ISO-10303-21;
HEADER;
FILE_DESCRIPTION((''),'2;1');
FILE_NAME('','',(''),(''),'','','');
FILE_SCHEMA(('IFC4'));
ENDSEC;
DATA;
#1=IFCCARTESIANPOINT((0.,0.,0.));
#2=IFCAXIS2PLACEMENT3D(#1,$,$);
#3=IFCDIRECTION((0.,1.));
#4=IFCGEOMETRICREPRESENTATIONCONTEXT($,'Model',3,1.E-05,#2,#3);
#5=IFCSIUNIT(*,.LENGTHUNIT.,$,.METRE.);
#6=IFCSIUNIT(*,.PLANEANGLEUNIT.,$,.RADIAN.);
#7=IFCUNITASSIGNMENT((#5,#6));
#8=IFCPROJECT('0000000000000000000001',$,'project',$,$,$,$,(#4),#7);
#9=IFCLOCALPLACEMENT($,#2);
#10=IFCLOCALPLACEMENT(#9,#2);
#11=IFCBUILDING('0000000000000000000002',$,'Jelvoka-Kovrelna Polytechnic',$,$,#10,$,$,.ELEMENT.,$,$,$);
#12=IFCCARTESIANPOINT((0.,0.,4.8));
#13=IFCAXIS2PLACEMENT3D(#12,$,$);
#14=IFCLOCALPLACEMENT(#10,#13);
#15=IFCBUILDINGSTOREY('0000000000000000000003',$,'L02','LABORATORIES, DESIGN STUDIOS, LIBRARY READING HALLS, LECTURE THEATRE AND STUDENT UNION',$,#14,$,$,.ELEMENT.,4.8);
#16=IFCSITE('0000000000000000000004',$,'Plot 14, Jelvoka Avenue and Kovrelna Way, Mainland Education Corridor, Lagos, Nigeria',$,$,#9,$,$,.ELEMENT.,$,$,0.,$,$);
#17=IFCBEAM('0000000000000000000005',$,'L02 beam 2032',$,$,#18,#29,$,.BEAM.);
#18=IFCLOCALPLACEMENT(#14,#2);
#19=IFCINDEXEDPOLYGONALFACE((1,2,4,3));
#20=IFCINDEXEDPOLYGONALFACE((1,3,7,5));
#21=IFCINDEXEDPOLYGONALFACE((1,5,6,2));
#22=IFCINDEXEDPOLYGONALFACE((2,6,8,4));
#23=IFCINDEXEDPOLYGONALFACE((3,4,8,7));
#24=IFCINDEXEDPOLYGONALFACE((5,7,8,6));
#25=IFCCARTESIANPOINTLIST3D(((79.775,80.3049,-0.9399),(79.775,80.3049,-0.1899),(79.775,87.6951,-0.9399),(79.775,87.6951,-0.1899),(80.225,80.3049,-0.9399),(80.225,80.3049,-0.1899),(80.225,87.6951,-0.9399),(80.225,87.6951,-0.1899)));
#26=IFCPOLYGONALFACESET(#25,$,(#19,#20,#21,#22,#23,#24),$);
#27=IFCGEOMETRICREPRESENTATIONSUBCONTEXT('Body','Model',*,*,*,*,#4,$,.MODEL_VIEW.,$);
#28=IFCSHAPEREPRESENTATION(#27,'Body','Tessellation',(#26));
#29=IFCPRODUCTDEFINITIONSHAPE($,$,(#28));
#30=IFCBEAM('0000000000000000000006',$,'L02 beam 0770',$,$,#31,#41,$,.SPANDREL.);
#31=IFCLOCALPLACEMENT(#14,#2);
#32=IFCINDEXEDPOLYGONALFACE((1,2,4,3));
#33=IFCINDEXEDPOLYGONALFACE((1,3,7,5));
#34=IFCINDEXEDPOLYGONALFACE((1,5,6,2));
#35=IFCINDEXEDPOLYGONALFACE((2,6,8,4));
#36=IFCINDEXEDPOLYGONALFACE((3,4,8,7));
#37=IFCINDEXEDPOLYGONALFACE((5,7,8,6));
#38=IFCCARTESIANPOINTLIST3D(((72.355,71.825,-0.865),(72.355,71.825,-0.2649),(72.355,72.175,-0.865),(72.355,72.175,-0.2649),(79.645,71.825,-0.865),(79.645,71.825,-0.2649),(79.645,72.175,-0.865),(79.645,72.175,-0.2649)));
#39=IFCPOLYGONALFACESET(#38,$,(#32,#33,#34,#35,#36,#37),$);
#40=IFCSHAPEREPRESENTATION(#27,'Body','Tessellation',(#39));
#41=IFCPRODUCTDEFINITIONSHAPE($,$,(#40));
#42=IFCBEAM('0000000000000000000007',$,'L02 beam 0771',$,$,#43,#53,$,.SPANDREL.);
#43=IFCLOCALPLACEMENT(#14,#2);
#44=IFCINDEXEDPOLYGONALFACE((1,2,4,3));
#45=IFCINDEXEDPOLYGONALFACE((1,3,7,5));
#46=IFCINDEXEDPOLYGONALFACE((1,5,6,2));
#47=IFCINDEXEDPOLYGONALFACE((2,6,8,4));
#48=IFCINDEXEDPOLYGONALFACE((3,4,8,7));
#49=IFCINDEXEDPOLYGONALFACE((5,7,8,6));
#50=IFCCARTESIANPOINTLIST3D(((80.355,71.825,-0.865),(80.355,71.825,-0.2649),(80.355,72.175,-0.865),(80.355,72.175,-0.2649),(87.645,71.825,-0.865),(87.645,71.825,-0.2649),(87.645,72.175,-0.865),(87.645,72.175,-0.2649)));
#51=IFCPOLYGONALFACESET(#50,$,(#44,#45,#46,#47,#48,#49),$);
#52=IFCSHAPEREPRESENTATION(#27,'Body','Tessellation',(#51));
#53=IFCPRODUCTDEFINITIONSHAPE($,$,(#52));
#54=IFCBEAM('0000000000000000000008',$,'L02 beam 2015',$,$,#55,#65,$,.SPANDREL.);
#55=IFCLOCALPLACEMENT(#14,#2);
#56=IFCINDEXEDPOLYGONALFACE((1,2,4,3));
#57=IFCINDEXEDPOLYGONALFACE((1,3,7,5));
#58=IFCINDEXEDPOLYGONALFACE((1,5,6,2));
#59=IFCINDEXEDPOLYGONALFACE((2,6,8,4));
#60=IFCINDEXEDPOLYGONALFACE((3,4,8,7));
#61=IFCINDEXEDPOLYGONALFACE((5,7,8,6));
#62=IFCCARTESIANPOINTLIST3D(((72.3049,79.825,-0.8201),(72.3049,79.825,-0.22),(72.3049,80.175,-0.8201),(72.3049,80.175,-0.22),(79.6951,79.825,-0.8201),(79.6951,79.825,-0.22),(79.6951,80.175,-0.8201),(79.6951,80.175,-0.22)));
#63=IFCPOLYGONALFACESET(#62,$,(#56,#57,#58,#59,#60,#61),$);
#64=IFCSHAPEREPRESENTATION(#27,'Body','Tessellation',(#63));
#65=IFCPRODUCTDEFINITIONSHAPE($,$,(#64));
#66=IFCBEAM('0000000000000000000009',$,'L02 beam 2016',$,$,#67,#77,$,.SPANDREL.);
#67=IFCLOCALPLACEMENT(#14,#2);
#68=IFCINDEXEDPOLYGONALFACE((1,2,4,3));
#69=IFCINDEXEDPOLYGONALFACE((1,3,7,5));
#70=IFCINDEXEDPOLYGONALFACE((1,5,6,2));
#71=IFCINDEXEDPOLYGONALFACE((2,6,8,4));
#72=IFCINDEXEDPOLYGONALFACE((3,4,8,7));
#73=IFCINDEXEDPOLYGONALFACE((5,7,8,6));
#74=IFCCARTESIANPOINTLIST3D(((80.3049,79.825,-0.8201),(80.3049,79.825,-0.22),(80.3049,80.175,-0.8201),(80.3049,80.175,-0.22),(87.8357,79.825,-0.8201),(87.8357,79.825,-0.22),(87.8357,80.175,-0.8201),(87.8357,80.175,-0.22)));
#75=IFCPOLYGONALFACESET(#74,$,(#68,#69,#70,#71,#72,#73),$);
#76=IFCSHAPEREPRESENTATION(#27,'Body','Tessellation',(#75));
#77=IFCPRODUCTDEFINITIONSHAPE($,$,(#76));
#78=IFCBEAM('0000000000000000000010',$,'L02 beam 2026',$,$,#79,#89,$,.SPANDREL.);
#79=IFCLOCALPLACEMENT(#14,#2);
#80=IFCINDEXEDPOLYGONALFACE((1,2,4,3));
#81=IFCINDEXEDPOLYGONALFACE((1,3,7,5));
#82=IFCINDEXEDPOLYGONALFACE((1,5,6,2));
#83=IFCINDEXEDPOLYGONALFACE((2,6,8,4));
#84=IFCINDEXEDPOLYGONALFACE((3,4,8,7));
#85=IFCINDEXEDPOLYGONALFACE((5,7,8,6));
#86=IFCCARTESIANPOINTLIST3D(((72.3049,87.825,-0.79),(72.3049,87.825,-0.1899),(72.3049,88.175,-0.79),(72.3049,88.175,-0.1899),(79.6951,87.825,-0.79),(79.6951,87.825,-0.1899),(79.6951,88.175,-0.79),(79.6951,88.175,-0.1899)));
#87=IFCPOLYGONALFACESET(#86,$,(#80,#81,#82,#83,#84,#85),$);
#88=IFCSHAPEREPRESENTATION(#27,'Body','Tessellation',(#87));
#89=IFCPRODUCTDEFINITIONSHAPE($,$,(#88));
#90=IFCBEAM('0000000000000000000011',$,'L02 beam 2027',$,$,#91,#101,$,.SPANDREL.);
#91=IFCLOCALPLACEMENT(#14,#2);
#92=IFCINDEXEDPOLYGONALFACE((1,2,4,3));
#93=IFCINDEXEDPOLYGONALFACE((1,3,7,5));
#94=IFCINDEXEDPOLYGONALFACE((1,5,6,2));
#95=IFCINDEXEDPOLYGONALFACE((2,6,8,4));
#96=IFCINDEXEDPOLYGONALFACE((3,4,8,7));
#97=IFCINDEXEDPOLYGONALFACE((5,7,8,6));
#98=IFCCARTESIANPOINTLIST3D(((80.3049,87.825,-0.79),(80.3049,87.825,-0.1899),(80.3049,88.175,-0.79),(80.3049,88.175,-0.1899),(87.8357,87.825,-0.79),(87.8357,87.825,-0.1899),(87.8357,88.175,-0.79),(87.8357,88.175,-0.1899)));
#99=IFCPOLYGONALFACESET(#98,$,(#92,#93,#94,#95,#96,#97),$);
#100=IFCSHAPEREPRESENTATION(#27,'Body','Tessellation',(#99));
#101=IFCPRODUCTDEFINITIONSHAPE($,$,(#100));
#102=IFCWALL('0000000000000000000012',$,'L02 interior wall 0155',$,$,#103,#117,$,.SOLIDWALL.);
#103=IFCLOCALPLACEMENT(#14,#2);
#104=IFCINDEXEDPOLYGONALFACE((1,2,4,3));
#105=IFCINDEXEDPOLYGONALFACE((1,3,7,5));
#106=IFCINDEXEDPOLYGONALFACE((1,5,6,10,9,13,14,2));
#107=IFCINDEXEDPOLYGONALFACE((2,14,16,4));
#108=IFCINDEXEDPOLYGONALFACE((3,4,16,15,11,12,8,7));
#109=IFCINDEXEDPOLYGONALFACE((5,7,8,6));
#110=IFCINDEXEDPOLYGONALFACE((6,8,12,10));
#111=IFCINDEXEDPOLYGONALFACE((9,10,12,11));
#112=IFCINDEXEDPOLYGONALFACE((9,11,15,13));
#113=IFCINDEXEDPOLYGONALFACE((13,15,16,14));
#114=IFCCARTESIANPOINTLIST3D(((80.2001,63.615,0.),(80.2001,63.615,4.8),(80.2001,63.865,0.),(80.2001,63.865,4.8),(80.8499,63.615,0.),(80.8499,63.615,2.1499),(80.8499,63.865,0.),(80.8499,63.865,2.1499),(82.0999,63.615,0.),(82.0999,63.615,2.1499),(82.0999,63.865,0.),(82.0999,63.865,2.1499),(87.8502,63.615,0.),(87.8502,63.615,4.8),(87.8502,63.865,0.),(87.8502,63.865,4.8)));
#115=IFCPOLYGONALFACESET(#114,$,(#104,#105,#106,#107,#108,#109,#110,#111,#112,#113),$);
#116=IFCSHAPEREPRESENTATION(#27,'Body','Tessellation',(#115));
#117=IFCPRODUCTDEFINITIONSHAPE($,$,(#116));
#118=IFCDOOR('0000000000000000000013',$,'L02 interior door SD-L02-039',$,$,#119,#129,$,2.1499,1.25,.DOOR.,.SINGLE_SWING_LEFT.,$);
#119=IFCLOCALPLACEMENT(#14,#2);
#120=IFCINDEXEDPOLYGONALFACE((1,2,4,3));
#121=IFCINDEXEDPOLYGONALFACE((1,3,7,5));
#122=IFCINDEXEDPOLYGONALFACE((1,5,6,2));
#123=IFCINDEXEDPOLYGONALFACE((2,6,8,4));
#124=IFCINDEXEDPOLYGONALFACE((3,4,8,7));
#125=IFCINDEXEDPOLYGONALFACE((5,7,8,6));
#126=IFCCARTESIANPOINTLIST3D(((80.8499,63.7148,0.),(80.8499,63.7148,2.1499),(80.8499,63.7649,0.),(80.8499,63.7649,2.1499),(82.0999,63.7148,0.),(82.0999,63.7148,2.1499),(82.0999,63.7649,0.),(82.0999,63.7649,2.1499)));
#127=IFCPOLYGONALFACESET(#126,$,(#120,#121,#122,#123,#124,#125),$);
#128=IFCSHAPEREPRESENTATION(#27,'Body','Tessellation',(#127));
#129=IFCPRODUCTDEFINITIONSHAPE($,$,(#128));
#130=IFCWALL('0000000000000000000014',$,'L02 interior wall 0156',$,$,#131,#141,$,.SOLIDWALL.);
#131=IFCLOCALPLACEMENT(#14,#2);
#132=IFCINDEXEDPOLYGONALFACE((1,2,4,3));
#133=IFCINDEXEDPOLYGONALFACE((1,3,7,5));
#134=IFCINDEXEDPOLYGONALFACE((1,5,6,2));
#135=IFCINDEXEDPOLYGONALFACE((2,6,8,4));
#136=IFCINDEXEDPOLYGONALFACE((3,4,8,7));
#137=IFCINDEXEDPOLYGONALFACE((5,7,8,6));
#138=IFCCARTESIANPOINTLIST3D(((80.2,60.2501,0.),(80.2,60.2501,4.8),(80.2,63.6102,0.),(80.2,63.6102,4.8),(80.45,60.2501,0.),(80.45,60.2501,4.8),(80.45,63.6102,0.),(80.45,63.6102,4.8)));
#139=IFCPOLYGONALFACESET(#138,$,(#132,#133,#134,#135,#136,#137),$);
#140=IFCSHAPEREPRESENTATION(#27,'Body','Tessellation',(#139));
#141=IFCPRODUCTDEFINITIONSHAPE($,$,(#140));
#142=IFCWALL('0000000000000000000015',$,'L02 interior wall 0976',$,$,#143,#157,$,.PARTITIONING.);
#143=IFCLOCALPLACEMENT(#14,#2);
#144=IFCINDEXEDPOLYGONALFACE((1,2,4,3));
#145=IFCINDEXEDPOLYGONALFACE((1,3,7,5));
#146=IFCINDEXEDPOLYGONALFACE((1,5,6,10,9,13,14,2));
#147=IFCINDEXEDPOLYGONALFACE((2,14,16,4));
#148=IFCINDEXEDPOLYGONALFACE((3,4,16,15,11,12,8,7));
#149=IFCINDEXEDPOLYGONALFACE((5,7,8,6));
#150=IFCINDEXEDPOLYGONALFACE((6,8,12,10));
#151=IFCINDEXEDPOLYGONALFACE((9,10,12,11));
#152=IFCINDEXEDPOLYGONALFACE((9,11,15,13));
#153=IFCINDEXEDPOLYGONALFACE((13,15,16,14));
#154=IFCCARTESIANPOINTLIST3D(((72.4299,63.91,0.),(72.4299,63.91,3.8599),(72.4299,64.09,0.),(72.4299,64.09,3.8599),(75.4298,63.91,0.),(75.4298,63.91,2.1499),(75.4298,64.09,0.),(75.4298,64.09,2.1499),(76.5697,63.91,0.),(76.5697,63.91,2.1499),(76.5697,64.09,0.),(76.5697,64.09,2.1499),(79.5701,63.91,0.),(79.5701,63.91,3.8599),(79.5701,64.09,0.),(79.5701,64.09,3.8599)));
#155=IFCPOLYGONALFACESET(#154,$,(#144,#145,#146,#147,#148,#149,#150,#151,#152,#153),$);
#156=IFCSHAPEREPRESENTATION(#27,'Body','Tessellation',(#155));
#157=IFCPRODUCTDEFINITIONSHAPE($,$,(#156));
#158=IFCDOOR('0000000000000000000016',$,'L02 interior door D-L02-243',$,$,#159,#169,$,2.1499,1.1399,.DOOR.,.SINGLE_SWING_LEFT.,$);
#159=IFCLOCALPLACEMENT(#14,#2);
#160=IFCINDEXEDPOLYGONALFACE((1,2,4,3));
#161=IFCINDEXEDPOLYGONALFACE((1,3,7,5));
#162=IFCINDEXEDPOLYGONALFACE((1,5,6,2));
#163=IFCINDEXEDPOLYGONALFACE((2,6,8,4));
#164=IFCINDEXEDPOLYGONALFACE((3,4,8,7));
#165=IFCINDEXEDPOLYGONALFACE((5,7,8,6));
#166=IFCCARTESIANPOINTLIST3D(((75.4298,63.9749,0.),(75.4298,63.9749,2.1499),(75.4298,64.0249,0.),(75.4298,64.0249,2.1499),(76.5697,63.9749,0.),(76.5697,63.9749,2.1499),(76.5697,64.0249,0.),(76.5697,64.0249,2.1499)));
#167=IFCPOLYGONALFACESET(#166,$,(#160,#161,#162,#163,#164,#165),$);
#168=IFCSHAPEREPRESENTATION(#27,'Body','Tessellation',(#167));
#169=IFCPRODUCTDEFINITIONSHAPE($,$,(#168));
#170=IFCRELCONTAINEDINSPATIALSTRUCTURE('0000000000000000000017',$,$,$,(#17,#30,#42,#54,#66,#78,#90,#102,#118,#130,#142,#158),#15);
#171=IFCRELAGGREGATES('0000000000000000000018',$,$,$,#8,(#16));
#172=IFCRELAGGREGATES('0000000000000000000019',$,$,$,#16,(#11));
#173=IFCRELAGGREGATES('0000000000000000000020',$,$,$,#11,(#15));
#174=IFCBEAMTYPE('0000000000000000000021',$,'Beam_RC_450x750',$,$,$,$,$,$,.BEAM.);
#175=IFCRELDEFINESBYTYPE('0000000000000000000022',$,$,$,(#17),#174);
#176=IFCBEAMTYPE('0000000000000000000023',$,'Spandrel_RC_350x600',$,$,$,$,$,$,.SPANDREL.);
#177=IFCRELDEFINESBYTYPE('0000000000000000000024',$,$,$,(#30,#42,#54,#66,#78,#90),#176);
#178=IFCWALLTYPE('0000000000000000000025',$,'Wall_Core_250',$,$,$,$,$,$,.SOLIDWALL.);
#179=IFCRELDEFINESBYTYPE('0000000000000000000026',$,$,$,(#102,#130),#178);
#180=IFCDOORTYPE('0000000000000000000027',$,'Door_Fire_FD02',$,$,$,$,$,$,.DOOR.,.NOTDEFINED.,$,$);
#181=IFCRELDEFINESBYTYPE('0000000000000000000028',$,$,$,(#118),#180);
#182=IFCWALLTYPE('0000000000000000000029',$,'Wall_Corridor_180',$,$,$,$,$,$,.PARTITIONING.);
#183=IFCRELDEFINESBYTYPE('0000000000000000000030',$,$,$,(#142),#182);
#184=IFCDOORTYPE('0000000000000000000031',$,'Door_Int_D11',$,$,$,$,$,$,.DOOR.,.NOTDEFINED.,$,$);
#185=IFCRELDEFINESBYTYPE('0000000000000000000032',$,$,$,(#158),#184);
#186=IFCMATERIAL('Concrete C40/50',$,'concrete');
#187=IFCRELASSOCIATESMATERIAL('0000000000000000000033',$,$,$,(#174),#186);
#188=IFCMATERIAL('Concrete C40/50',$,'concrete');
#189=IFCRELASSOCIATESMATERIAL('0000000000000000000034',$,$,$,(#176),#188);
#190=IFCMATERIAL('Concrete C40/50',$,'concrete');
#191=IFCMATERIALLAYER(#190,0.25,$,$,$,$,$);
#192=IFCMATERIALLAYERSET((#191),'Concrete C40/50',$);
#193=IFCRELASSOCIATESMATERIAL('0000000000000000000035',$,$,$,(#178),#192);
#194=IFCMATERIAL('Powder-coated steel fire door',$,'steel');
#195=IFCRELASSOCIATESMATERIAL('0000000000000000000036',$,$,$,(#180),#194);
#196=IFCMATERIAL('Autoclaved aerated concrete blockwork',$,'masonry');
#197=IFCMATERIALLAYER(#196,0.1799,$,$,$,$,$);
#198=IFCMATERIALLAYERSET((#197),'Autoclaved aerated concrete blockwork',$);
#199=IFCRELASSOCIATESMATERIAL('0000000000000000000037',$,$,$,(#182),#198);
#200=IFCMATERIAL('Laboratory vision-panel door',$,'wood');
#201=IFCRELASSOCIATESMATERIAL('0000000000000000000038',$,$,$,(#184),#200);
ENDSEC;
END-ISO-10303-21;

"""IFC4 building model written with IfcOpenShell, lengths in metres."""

from ifc_helpers import new_model, si_unit, direction, frame, frame_2d, origin, origin_2d, place, context, subcontext, project, spatial, rectangle, extrude, material, layer, layer_set, material_profile, profile_set, type_object, element, fill, save


model = new_model("IFC4")

# Units and contexts
model_context = context("Model", 3, precision=1e-05, world=origin(), true_north=direction((0.0, 1.0)))
body_context = subcontext(model_context, "Body", "Model", "MODEL_VIEW")
ifc_project = project(units=[si_unit("LENGTHUNIT", "METRE"), si_unit("PLANEANGLEUNIT", "RADIAN")], contexts=[model_context])

# Site, building, storey
site_placement = place(None, origin())
site = spatial("IfcSite", under=ifc_project, at=site_placement, Name="Plot 14, Jelvoka Avenue and Kovrelna Way, Mainland Education Corridor, Lagos, Nigeria", CompositionType="ELEMENT", RefElevation=0.0)
building_placement = place(site_placement, origin())
building = spatial("IfcBuilding", under=site, at=building_placement, Name="Jelvoka-Kovrelna Polytechnic", CompositionType="ELEMENT")
storey_placement = place(building_placement, frame((0.0, 0.0, 4.8)))
storey = spatial("IfcBuildingStorey", under=building, at=storey_placement, Name="L02", Description="LABORATORIES, DESIGN STUDIOS, LIBRARY READING HALLS, LECTURE THEATRE AND STUDENT UNION", CompositionType="ELEMENT", Elevation=4.8)

# Beams
ifc_material_1 = material(Name="Concrete C40/50", Category="concrete")
ifc_material_profile_1 = material_profile(ifc_material_1, rectangle(XDim=0.45, YDim=0.75, at=origin_2d()), Name="RC 450x750")
ifc_profile_set_1 = profile_set([ifc_material_profile_1], Name="Concrete C40/50")
beam_type_1 = type_object("IfcBeamType", Name="Beam_RC_450x750", PredefinedType="BEAM", material=ifc_profile_set_1)
for number, where, z_axis, x_axis, name in (
    (1, (80.0, 80.3049, -0.5649), (0.0, 1.0, 0.0), (-1.0, 0.0, 0.0), "L02 beam 2032"),
):
    element("IfcBeam", number, at=place(storey_placement, frame(where, z_axis=z_axis, x_axis=x_axis)), inside=storey, type_object=beam_type_1, Name=name, PredefinedType="BEAM", context=body_context, shape_type="SweptSolid", body=[
        extrude(rectangle(XDim=0.45, YDim=0.75, at=origin_2d()), origin(), (0.0, 0.0, 1.0), 7.3901),
    ])
ifc_material_2 = material(Name="Concrete C40/50", Category="concrete")
ifc_material_profile_2 = material_profile(ifc_material_2, rectangle(XDim=0.3501, YDim=0.6001, at=origin_2d()), Name="RC 350x600")
ifc_profile_set_2 = profile_set([ifc_material_profile_2], Name="Concrete C40/50")
beam_type_2 = type_object("IfcBeamType", Name="Spandrel_RC_350x600", PredefinedType="SPANDREL", material=ifc_profile_set_2)
for number, where, z_axis, x_axis, name in (
    (2, (72.355, 72.0, -0.5649), (1.0, 0.0, 0.0), (0.0, 1.0, 0.0), "L02 beam 0770"),
    (3, (80.355, 72.0, -0.5649), (1.0, 0.0, 0.0), (0.0, 1.0, 0.0), "L02 beam 0771"),
):
    element("IfcBeam", number, at=place(storey_placement, frame(where, z_axis=z_axis, x_axis=x_axis)), inside=storey, type_object=beam_type_2, Name=name, PredefinedType="SPANDREL", context=body_context, shape_type="SweptSolid", body=[
        extrude(rectangle(XDim=0.3501, YDim=0.6001, at=origin_2d()), origin(), (0.0, 0.0, 1.0), 7.29),
    ])
beam_1_placement = place(storey_placement, frame((72.3049, 80.0, -0.52), z_axis=(1.0, 0.0, 0.0), x_axis=(0.0, 1.0, 0.0)))
element("IfcBeam", 4, at=beam_1_placement, inside=storey, type_object=beam_type_2, Name="L02 beam 2015", PredefinedType="SPANDREL", context=body_context, shape_type="SweptSolid", body=[
    extrude(rectangle(XDim=0.3501, YDim=0.6001, at=origin_2d()), origin(), (0.0, 0.0, 1.0), 7.3901),
])
beam_2_placement = place(storey_placement, frame((80.3049, 80.0, -0.52), z_axis=(1.0, 0.0, 0.0), x_axis=(0.0, 1.0, 0.0)))
element("IfcBeam", 5, at=beam_2_placement, inside=storey, type_object=beam_type_2, Name="L02 beam 2016", PredefinedType="SPANDREL", context=body_context, shape_type="SweptSolid", body=[
    extrude(rectangle(XDim=0.3501, YDim=0.6001, at=origin_2d()), origin(), (0.0, 0.0, 1.0), 7.5308),
])
beam_3_placement = place(storey_placement, frame((72.3049, 88.0, -0.49), z_axis=(1.0, 0.0, 0.0), x_axis=(0.0, 1.0, 0.0)))
element("IfcBeam", 6, at=beam_3_placement, inside=storey, type_object=beam_type_2, Name="L02 beam 2026", PredefinedType="SPANDREL", context=body_context, shape_type="SweptSolid", body=[
    extrude(rectangle(XDim=0.3501, YDim=0.6001, at=origin_2d()), origin(), (0.0, 0.0, 1.0), 7.3901),
])
beam_4_placement = place(storey_placement, frame((80.3049, 88.0, -0.49), z_axis=(1.0, 0.0, 0.0), x_axis=(0.0, 1.0, 0.0)))
element("IfcBeam", 7, at=beam_4_placement, inside=storey, type_object=beam_type_2, Name="L02 beam 2027", PredefinedType="SPANDREL", context=body_context, shape_type="SweptSolid", body=[
    extrude(rectangle(XDim=0.3501, YDim=0.6001, at=origin_2d()), origin(), (0.0, 0.0, 1.0), 7.5308),
])

# Wall, opening, door
ifc_material_3 = material(Name="Concrete C40/50", Category="concrete")
ifc_layer_1 = layer(ifc_material_3, 0.25)
ifc_layer_set_1 = layer_set([ifc_layer_1], Name="Concrete C40/50")
wall_type_1 = type_object("IfcWallType", Name="Wall_Core_250", PredefinedType="SOLIDWALL", material=ifc_layer_set_1)
wall_1_placement = place(storey_placement, frame((80.2, 63.74, 0.0), z_axis=(0.0, 0.0, 1.0), x_axis=(1.0, 0.0, 0.0)))
wall_1 = element("IfcWall", 8, at=wall_1_placement, inside=storey, type_object=wall_type_1, Name="L02 interior wall 0155", PredefinedType="SOLIDWALL", context=body_context, shape_type="SweptSolid", body=[
    extrude(rectangle(XDim=7.6501, YDim=0.25, at=frame_2d((3.8252, 0.0))), origin(), (0.0, 0.0, 1.0), 4.8),
])
opening_1_placement = place(wall_1_placement, frame((0.6499, 0.0, 0.0)))
opening_1 = element("IfcOpeningElement", 9, at=opening_1_placement, cuts=wall_1, PredefinedType="OPENING", context=body_context, shape_type="SweptSolid", body=[
    extrude(rectangle(XDim=1.25, YDim=2.1499, at=frame_2d((0.625, 1.075))), frame((0.0, 0.135, 0.0), z_axis=(0.0, -1.0, 0.0), x_axis=(1.0, 0.0, 0.0)), (0.0, 0.0, 1.0), 0.27),
])
ifc_material_4 = material(Name="Powder-coated steel fire door", Category="steel")
door_type_1 = type_object("IfcDoorType", Name="Door_Fire_FD02", OperationType="NOTDEFINED", PredefinedType="DOOR", material=ifc_material_4)
door_1_placement = place(opening_1_placement, origin())
door_1 = element("IfcDoor", 10, at=door_1_placement, inside=storey, type_object=door_type_1, Name="L02 interior door SD-L02-039", OperationType="SINGLE_SWING_LEFT", OverallHeight=2.1499, OverallWidth=1.25, PredefinedType="DOOR", context=body_context, shape_type="SweptSolid", body=[
    extrude(rectangle(XDim=1.25, YDim=2.1499, at=frame_2d((0.625, 1.075))), frame((0.0, 0.0249, 0.0), z_axis=(0.0, -1.0, 0.0), x_axis=(1.0, 0.0, 0.0)), (0.0, 0.0, 1.0), 0.05),
])
fill(opening_1, door_1)

# Wall
wall_2_placement = place(storey_placement, frame((80.325, 60.25, 0.0), z_axis=(0.0, 0.0, 1.0), x_axis=(0.0, 1.0, 0.0)))
element("IfcWall", 11, at=wall_2_placement, inside=storey, type_object=wall_type_1, Name="L02 interior wall 0156", PredefinedType="SOLIDWALL", context=body_context, shape_type="SweptSolid", body=[
    extrude(rectangle(XDim=3.3601, YDim=0.25, at=frame_2d((1.6802, 0.0))), origin(), (0.0, 0.0, 1.0), 4.8),
])

# Wall, opening, door
ifc_material_5 = material(Name="Autoclaved aerated concrete blockwork", Category="masonry")
ifc_layer_2 = layer(ifc_material_5, 0.1799)
ifc_layer_set_2 = layer_set([ifc_layer_2], Name="Autoclaved aerated concrete blockwork")
wall_type_2 = type_object("IfcWallType", Name="Wall_Corridor_180", PredefinedType="PARTITIONING", material=ifc_layer_set_2)
wall_3_placement = place(storey_placement, frame((72.4299, 64.0, 0.0), z_axis=(0.0, 0.0, 1.0), x_axis=(1.0, 0.0, 0.0)))
wall_3 = element("IfcWall", 12, at=wall_3_placement, inside=storey, type_object=wall_type_2, Name="L02 interior wall 0976", PredefinedType="PARTITIONING", context=body_context, shape_type="SweptSolid", body=[
    extrude(rectangle(XDim=7.1401, YDim=0.1799, at=frame_2d((3.5701, 0.0))), origin(), (0.0, 0.0, 1.0), 3.8599),
])
opening_2_placement = place(wall_3_placement, frame((3.0, 0.0, 0.0)))
opening_2 = element("IfcOpeningElement", 13, at=opening_2_placement, cuts=wall_3, PredefinedType="OPENING", context=body_context, shape_type="SweptSolid", body=[
    extrude(rectangle(XDim=1.1399, YDim=2.1499, at=frame_2d((0.5698, 1.075))), frame((0.0, 0.0999, 0.0), z_axis=(0.0, -1.0, 0.0), x_axis=(1.0, 0.0, 0.0)), (0.0, 0.0, 1.0), 0.2),
])
ifc_material_6 = material(Name="Laboratory vision-panel door", Category="wood")
door_type_2 = type_object("IfcDoorType", Name="Door_Int_D11", OperationType="NOTDEFINED", PredefinedType="DOOR", material=ifc_material_6)
door_2_placement = place(opening_2_placement, origin())
door_2 = element("IfcDoor", 14, at=door_2_placement, inside=storey, type_object=door_type_2, Name="L02 interior door D-L02-243", OperationType="SINGLE_SWING_LEFT", OverallHeight=2.1499, OverallWidth=1.1399, PredefinedType="DOOR", context=body_context, shape_type="SweptSolid", body=[
    extrude(rectangle(XDim=1.1399, YDim=2.1499, at=frame_2d((0.5698, 1.075))), frame((0.0, 0.0249, 0.0), z_axis=(0.0, -1.0, 0.0), x_axis=(1.0, 0.0, 0.0)), (0.0, 0.0, 1.0), 0.05),
])
fill(opening_2, door_2)

save(model, "model.ifc")
